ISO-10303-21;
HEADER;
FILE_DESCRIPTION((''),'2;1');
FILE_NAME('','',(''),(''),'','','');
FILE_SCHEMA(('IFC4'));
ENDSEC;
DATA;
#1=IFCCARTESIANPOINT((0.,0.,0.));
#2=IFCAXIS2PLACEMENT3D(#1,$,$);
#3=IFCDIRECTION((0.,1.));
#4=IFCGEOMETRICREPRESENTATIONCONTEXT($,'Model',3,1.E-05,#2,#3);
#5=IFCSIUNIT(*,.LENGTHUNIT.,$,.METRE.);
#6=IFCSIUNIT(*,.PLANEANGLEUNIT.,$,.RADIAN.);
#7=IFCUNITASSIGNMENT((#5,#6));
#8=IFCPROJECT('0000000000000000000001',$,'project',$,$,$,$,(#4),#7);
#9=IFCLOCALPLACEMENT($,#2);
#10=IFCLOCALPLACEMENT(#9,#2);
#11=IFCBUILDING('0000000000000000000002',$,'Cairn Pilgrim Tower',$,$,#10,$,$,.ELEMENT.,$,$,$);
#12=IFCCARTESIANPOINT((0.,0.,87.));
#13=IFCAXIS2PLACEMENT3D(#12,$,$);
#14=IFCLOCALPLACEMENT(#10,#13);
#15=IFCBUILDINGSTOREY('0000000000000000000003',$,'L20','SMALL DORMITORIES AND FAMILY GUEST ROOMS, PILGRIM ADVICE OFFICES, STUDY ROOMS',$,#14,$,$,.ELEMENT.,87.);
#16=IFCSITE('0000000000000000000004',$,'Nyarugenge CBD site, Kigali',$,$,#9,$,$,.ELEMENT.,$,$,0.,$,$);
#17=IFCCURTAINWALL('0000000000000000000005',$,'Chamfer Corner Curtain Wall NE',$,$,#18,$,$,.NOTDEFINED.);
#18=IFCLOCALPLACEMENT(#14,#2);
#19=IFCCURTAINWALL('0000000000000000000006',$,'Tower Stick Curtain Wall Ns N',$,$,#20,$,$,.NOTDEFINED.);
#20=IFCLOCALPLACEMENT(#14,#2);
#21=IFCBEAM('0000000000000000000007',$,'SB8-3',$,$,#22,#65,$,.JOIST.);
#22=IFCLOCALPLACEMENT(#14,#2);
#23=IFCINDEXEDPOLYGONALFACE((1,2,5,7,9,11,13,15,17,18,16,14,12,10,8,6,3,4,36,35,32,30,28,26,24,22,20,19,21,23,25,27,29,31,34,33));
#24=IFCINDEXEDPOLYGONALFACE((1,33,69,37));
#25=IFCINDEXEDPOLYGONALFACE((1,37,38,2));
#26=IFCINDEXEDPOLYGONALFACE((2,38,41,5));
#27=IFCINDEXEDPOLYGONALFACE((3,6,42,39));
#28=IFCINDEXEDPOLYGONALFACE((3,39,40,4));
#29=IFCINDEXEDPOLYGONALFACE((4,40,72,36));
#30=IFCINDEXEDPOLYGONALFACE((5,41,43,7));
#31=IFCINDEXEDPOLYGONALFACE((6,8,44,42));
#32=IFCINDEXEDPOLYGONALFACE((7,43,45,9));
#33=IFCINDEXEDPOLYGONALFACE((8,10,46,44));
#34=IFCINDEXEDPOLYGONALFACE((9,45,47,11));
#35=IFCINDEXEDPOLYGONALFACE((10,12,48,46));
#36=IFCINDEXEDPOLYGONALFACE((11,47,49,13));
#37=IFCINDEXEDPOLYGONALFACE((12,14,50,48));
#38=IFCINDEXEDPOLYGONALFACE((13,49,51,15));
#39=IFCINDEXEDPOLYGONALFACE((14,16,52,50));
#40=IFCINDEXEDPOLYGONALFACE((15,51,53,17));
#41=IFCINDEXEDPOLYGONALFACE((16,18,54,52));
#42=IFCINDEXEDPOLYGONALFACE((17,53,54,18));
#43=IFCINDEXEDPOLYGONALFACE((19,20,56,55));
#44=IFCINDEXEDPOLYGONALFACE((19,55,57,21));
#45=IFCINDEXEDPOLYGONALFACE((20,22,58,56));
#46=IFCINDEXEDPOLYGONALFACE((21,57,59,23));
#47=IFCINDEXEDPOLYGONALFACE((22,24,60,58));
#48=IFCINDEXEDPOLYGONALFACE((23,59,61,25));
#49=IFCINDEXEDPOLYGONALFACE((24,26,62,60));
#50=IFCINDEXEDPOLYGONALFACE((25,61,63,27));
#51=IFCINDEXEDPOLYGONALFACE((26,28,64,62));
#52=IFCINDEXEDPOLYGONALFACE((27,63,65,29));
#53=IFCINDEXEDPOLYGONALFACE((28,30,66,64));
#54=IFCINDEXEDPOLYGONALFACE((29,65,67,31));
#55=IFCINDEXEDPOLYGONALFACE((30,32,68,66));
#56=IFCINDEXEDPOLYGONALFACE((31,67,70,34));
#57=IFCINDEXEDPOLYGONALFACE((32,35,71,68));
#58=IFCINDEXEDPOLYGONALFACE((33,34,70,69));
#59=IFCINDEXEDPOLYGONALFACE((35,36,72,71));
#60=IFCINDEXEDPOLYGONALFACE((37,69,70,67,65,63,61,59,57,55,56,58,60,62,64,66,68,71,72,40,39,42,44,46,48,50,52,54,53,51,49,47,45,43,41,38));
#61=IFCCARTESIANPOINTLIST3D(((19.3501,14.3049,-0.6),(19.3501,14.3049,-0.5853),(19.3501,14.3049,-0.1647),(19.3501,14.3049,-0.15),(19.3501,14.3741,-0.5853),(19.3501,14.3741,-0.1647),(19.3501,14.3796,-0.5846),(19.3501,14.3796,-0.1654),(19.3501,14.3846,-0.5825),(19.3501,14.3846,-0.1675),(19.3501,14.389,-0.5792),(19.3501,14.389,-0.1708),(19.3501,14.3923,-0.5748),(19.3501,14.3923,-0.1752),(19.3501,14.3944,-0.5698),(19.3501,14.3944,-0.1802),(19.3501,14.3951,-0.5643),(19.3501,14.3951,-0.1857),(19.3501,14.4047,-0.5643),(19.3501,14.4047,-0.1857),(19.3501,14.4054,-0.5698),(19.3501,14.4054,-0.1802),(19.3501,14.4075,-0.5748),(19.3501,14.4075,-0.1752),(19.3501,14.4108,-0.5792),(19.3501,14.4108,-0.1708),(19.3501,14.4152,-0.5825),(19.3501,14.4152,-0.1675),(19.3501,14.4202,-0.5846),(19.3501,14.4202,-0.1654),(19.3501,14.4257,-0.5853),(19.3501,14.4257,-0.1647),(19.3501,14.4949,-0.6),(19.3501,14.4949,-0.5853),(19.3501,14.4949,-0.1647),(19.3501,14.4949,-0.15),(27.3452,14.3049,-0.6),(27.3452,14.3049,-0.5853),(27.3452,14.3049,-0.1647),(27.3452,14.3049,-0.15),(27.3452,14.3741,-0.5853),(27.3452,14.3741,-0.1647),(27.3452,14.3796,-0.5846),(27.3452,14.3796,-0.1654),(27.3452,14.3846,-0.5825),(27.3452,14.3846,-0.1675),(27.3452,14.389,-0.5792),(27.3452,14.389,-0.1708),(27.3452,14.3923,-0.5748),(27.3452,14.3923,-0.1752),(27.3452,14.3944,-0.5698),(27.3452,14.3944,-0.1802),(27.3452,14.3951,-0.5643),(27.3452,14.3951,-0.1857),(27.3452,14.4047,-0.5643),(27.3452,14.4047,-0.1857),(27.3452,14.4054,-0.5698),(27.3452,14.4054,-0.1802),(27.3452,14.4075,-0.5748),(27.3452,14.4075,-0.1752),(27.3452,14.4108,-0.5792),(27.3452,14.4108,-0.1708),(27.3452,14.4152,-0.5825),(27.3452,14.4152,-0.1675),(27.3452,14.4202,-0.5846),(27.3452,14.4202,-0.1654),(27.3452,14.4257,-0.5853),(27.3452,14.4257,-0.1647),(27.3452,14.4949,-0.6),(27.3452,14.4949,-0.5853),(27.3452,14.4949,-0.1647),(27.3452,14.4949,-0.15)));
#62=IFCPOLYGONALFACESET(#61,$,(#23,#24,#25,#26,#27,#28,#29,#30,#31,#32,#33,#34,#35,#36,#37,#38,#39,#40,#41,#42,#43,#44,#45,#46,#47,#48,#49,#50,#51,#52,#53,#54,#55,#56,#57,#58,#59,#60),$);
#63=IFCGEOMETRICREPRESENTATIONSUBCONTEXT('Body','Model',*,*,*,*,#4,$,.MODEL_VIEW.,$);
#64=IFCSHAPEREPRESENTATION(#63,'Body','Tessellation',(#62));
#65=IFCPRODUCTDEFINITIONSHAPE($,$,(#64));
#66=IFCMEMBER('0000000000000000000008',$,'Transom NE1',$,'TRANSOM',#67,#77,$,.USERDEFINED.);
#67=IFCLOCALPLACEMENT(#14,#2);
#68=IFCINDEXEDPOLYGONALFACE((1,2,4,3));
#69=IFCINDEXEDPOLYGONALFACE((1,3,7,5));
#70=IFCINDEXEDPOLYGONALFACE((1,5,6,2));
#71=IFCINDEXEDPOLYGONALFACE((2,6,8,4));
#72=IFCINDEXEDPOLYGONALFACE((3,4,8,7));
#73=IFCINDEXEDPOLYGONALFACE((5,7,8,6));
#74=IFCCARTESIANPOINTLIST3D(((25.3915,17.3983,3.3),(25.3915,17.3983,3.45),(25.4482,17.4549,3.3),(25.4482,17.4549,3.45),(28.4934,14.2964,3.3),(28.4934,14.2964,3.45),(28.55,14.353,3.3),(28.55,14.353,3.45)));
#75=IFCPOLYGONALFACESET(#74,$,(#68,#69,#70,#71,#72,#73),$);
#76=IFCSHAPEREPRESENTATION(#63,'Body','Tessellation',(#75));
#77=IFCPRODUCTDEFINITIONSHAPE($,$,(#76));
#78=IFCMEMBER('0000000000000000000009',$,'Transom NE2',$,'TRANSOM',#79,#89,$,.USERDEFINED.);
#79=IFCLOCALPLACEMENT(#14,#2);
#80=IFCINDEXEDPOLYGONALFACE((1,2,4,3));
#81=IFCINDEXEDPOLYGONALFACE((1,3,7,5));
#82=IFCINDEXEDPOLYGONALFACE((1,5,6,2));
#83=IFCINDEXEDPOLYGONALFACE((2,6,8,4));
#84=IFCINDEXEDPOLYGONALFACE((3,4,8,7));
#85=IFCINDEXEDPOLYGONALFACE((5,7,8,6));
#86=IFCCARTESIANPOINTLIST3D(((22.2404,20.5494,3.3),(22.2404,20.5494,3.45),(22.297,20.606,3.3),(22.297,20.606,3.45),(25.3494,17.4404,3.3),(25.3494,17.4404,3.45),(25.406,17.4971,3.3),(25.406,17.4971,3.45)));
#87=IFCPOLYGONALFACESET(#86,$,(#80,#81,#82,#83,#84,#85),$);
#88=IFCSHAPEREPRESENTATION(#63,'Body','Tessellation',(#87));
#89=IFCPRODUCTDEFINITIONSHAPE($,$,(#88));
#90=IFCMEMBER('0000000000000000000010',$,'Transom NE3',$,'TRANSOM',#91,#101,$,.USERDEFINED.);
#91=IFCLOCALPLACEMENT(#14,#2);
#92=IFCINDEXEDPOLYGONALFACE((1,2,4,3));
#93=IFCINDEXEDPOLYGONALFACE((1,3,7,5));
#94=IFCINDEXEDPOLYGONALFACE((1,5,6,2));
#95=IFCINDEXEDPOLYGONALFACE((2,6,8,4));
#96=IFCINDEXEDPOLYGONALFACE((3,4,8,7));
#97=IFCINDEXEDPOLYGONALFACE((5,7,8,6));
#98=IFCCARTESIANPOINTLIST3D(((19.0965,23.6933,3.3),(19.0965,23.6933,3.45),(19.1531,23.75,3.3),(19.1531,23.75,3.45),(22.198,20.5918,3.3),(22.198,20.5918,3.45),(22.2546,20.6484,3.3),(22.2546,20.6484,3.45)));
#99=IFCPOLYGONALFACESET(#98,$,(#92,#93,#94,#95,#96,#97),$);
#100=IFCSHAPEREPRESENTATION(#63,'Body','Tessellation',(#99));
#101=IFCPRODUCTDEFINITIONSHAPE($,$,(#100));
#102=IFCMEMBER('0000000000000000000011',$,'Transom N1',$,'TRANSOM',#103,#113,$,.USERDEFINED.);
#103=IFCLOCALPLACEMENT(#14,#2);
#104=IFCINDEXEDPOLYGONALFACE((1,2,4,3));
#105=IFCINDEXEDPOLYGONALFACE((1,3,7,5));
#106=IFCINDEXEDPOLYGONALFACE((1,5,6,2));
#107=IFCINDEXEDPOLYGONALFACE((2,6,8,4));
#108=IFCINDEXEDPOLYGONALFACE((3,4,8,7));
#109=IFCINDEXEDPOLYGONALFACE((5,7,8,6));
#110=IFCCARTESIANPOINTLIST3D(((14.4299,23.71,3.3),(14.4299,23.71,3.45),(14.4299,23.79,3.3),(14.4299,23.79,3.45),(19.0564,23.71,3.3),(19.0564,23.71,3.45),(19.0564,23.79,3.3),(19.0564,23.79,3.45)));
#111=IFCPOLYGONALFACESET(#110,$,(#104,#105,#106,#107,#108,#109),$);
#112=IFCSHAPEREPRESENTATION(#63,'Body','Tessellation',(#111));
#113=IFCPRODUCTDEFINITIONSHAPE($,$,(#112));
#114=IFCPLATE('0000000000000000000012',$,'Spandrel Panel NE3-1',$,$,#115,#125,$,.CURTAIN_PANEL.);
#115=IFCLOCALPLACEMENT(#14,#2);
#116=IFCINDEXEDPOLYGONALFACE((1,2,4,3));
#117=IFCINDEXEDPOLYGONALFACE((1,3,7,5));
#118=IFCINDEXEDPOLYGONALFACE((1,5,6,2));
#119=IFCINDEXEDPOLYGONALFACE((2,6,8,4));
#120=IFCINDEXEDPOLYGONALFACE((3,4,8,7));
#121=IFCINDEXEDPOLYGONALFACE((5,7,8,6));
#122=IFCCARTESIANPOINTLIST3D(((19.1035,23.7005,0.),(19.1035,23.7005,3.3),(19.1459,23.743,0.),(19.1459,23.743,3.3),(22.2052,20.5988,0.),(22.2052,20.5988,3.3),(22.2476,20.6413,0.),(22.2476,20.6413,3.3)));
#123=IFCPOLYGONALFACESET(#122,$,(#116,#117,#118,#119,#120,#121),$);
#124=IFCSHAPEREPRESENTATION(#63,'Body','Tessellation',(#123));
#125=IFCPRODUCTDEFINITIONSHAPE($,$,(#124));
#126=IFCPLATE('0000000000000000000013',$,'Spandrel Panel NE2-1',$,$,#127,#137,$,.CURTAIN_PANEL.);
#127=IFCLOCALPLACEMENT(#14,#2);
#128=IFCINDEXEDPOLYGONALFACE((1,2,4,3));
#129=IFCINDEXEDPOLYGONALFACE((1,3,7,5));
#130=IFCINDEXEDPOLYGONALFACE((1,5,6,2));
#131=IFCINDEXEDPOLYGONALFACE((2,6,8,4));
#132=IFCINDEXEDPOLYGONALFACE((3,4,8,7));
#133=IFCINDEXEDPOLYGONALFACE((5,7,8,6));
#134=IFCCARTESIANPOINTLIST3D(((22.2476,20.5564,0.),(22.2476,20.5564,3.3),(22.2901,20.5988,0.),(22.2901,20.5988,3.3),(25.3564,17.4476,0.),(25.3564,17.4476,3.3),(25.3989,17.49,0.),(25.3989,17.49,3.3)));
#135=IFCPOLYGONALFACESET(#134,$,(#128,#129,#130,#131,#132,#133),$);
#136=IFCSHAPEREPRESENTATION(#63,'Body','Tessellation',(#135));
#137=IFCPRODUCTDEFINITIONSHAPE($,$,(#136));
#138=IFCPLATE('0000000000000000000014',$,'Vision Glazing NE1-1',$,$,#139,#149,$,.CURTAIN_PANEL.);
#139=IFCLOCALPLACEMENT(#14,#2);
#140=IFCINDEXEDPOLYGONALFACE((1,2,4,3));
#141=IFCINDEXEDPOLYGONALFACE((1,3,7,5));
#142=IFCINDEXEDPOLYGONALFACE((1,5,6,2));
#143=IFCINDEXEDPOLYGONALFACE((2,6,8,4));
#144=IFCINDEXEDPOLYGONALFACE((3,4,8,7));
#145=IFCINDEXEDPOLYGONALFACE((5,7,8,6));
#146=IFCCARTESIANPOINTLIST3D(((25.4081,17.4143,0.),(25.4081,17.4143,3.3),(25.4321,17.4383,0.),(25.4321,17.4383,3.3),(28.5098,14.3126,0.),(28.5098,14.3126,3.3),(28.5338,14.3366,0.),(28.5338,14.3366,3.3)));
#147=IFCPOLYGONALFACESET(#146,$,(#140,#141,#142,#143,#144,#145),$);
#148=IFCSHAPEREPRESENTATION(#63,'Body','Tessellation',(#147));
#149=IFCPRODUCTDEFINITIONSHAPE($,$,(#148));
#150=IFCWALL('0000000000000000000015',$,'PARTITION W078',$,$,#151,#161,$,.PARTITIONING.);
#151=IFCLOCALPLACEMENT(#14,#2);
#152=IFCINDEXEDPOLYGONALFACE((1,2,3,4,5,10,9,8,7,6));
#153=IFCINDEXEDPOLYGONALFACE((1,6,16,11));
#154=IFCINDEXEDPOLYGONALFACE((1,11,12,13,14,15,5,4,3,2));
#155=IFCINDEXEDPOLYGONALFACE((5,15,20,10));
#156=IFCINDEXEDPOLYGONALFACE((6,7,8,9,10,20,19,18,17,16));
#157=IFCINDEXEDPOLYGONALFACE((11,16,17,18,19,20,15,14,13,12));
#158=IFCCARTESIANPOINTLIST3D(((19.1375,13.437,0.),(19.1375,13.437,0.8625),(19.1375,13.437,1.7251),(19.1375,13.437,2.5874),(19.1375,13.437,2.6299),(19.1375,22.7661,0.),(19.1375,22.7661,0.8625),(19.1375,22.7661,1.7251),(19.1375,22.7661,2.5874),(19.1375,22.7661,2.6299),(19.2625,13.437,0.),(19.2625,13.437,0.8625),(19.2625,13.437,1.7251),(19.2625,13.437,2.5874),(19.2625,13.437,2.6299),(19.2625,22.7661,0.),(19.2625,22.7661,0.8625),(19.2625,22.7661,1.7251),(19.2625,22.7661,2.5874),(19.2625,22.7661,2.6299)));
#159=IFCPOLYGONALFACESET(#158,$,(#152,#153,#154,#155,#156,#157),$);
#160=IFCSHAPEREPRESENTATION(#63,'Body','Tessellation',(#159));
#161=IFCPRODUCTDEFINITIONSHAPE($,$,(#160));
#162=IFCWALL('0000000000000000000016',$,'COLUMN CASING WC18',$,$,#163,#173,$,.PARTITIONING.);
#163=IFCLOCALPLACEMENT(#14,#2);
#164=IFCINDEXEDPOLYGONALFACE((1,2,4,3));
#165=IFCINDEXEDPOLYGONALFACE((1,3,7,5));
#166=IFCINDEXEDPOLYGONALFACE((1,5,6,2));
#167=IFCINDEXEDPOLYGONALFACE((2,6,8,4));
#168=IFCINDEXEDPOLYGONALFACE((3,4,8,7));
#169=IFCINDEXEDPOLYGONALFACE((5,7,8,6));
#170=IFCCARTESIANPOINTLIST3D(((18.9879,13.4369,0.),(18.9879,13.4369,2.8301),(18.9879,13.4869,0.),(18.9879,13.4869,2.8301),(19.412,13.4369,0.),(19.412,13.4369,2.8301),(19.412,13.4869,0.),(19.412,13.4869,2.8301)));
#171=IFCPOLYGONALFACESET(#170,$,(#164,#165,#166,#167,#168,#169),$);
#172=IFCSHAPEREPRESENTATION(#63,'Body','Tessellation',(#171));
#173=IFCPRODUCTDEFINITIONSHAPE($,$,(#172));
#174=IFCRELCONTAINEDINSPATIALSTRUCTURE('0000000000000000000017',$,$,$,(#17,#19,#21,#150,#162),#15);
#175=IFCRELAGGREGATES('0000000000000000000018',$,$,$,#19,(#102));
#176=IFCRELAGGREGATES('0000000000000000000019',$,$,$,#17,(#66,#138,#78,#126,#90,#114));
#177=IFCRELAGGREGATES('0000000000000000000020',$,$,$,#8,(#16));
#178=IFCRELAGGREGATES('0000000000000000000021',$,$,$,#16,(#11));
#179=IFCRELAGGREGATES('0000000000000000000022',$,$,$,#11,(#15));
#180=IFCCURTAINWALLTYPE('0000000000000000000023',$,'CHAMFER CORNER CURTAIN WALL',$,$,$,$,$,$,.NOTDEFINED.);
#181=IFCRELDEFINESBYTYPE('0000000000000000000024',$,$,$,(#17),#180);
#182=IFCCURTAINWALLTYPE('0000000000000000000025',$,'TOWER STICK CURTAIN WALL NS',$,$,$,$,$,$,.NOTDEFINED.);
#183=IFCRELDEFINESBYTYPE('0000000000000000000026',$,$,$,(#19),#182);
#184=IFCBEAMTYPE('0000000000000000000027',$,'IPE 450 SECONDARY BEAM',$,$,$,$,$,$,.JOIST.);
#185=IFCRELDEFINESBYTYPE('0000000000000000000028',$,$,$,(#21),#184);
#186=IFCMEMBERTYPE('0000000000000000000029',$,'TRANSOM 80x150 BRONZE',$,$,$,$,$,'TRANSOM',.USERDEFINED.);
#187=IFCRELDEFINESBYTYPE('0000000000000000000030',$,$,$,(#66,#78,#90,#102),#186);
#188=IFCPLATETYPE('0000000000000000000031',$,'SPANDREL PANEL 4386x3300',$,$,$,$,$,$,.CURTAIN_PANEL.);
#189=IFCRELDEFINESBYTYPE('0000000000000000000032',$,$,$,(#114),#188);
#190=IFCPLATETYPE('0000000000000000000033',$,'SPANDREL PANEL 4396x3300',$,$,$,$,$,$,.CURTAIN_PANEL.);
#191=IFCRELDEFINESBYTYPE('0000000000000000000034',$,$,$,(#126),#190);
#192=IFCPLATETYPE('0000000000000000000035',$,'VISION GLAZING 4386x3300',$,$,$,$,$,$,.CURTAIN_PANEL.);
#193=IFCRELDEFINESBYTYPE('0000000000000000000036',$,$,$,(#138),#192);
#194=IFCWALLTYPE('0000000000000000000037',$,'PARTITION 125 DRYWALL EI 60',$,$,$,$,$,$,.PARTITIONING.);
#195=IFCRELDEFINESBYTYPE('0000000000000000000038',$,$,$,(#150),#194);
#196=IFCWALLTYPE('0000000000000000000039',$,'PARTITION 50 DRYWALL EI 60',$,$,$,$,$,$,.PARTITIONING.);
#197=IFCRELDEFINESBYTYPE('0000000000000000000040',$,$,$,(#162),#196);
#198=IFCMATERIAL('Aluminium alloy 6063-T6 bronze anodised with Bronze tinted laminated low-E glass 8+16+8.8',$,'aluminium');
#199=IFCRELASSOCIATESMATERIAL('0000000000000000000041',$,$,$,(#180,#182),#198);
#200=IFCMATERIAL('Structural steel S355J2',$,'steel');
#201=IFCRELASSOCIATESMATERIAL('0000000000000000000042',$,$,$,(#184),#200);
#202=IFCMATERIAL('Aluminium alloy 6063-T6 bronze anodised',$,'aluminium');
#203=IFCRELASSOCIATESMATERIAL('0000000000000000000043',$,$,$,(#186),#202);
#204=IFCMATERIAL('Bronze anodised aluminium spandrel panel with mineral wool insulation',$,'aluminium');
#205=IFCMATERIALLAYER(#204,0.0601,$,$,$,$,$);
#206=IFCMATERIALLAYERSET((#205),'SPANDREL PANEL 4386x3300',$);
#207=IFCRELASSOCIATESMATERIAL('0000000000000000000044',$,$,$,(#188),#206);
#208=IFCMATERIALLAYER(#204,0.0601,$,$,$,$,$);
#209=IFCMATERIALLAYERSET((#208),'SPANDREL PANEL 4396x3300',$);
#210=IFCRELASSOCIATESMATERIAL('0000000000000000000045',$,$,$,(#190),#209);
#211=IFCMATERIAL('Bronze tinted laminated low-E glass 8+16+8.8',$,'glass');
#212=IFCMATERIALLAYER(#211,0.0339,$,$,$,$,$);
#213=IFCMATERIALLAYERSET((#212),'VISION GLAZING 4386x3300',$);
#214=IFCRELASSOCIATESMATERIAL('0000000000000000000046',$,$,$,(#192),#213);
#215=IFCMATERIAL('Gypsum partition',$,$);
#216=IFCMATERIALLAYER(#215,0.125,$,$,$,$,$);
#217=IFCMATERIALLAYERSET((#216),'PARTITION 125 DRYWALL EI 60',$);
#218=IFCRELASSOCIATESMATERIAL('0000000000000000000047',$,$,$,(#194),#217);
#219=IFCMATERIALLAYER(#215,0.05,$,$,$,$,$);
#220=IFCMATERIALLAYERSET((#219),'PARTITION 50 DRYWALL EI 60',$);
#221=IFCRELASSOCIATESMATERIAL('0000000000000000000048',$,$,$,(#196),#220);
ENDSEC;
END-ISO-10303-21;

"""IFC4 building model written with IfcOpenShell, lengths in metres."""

from ifc_helpers import new_model, si_unit, direction, frame, frame_2d, origin, origin_2d, place, context, subcontext, project, spatial, polyline, rectangle, i_section, outline, extrude, material, layer, layer_set, material_profile, profile_set, type_object, element, aggregate, save


model = new_model("IFC4")

# Units and contexts
model_context = context("Model", 3, precision=1e-05, world=origin(), true_north=direction((0.0, 1.0)))
body_context = subcontext(model_context, "Body", "Model", "MODEL_VIEW")
ifc_project = project(units=[si_unit("LENGTHUNIT", "METRE"), si_unit("PLANEANGLEUNIT", "RADIAN")], contexts=[model_context])

# Site, building, storey
site_placement = place(None, origin())
site = spatial("IfcSite", under=ifc_project, at=site_placement, Name="Nyarugenge CBD site, Kigali", CompositionType="ELEMENT", RefElevation=0.0)
building_placement = place(site_placement, origin())
building = spatial("IfcBuilding", under=site, at=building_placement, Name="Cairn Pilgrim Tower", CompositionType="ELEMENT")
storey_placement = place(building_placement, frame((0.0, 0.0, 87.0)))
storey = spatial("IfcBuildingStorey", under=building, at=storey_placement, Name="L20", Description="SMALL DORMITORIES AND FAMILY GUEST ROOMS, PILGRIM ADVICE OFFICES, STUDY ROOMS", CompositionType="ELEMENT", Elevation=87.0)

# Shared definitions
ifc_material_1 = material(Name="Structural steel S355J2", Category="steel")

# Curtain wall
ifc_material_2 = material(Name="Aluminium alloy 6063-T6 bronze anodised with Bronze tinted laminated low-E glass 8+16+8.8", Category="aluminium")
curtain_wall_type_1 = type_object("IfcCurtainWallType", Name="CHAMFER CORNER CURTAIN WALL", PredefinedType="NOTDEFINED", material=ifc_material_2)
curtain_wall_1_placement = place(storey_placement, origin())
curtain_wall_1 = element("IfcCurtainWall", 1, at=curtain_wall_1_placement, inside=storey, type_object=curtain_wall_type_1, Name="Chamfer Corner Curtain Wall NE", PredefinedType="NOTDEFINED")
ifc_material_3 = material(Name="Aluminium alloy 6063-T6 bronze anodised", Category="aluminium")

# Curtain wall
curtain_wall_type_2 = type_object("IfcCurtainWallType", Name="TOWER STICK CURTAIN WALL NS", PredefinedType="NOTDEFINED", material=ifc_material_2)
curtain_wall_2_placement = place(storey_placement, origin())
curtain_wall_2 = element("IfcCurtainWall", 2, at=curtain_wall_2_placement, inside=storey, type_object=curtain_wall_type_2, Name="Tower Stick Curtain Wall Ns N", PredefinedType="NOTDEFINED")

# Beam
ifc_material_profile_1 = material_profile(ifc_material_1, i_section(OverallWidth=0.1899, OverallDepth=0.45, WebThickness=0.0095, FlangeThickness=0.0146, FilletRadius=0.021, at=origin_2d()), Name="IPE 450")
ifc_profile_set_1 = profile_set([ifc_material_profile_1], Name="Structural steel S355J2")
beam_type_1 = type_object("IfcBeamType", Name="IPE 450 SECONDARY BEAM", PredefinedType="JOIST", material=ifc_profile_set_1)
beam_1_placement = place(storey_placement, frame((19.3501, 14.3999, -0.375), z_axis=(1.0, 0.0, 0.0), x_axis=(0.0, 1.0, 0.0)))
element("IfcBeam", 3, at=beam_1_placement, inside=storey, type_object=beam_type_1, Name="SB8-3", PredefinedType="JOIST", context=body_context, shape_type="SweptSolid", body=[
    extrude(i_section(OverallWidth=0.1899, OverallDepth=0.45, WebThickness=0.0095, FlangeThickness=0.0146, FilletRadius=0.021, at=origin_2d()), origin(), (0.0, 0.0, 1.0), 7.9951),
])

# Members
ifc_material_profile_2 = material_profile(ifc_material_3, rectangle(XDim=0.0801, YDim=0.1499, at=origin_2d()), Name="TRANSOM 80x150 BRONZE")
ifc_profile_set_2 = profile_set([ifc_material_profile_2], Name="Aluminium alloy 6063-T6 bronze anodised")
member_type_1 = type_object("IfcMemberType", Name="TRANSOM 80x150 BRONZE", ElementType="TRANSOM", PredefinedType="USERDEFINED", material=ifc_profile_set_2)
member_1_placement = place(storey_placement, frame((28.5217, 14.3247, 3.375), z_axis=(-0.707107, 0.707107, 0.0), x_axis=(-0.707107, -0.707107, 0.0)))
member_1 = element("IfcMember", 4, at=member_1_placement, type_object=member_type_1, Name="Transom NE1", ObjectType="TRANSOM", PredefinedType="USERDEFINED", context=body_context, shape_type="SweptSolid", body=[
    extrude(rectangle(XDim=0.0801, YDim=0.1499, at=origin_2d()), origin(), (0.0, 0.0, 1.0), 4.3867),
])
member_2_placement = place(storey_placement, frame((25.3777, 17.4688, 3.375), z_axis=(-0.707107, 0.707107, 0.0), x_axis=(-0.707107, -0.707107, 0.0)))
member_2 = element("IfcMember", 5, at=member_2_placement, type_object=member_type_1, Name="Transom NE2", ObjectType="TRANSOM", PredefinedType="USERDEFINED", context=body_context, shape_type="SweptSolid", body=[
    extrude(rectangle(XDim=0.0801, YDim=0.1499, at=origin_2d()), origin(), (0.0, 0.0, 1.0), 4.3967),
])
member_3_placement = place(storey_placement, frame((22.2263, 20.6201, 3.375), z_axis=(-0.707107, 0.707107, 0.0), x_axis=(-0.707107, -0.707107, 0.0)))
member_3 = element("IfcMember", 6, at=member_3_placement, type_object=member_type_1, Name="Transom NE3", ObjectType="TRANSOM", PredefinedType="USERDEFINED", context=body_context, shape_type="SweptSolid", body=[
    extrude(rectangle(XDim=0.0801, YDim=0.1499, at=origin_2d()), origin(), (0.0, 0.0, 1.0), 4.3862),
])
member_4_placement = place(storey_placement, frame((19.0564, 23.75, 3.375), z_axis=(-1.0, 0.0, 0.0), x_axis=(0.0, -1.0, 0.0)))
member_4 = element("IfcMember", 7, at=member_4_placement, type_object=member_type_1, Name="Transom N1", ObjectType="TRANSOM", PredefinedType="USERDEFINED", context=body_context, shape_type="SweptSolid", body=[
    extrude(rectangle(XDim=0.0801, YDim=0.1499, at=origin_2d()), origin(), (0.0, 0.0, 1.0), 4.6265),
])
aggregate(curtain_wall_2, [member_4])

# Plates
ifc_material_4 = material(Name="Bronze anodised aluminium spandrel panel with mineral wool insulation", Category="aluminium")
ifc_layer_1 = layer(ifc_material_4, 0.0601)
ifc_layer_set_1 = layer_set([ifc_layer_1], Name="SPANDREL PANEL 4386x3300")
plate_type_1 = type_object("IfcPlateType", Name="SPANDREL PANEL 4386x3300", PredefinedType="CURTAIN_PANEL", material=ifc_layer_set_1)
plate_1_placement = place(storey_placement, frame((20.6755, 22.1709, 0.0), z_axis=(0.0, 0.0, 1.0), x_axis=(-0.707107, 0.707107, 0.0)))
plate_1 = element("IfcPlate", 8, at=plate_1_placement, type_object=plate_type_1, Name="Spandrel Panel NE3-1", PredefinedType="CURTAIN_PANEL", context=body_context, shape_type="SweptSolid", body=[
    extrude(rectangle(XDim=4.3865, YDim=0.0601, at=origin_2d()), origin(), (0.0, 0.0, 1.0), 3.3),
])
ifc_layer_2 = layer(ifc_material_4, 0.0601)
ifc_layer_set_2 = layer_set([ifc_layer_2], Name="SPANDREL PANEL 4396x3300")
plate_type_2 = type_object("IfcPlateType", Name="SPANDREL PANEL 4396x3300", PredefinedType="CURTAIN_PANEL", material=ifc_layer_set_2)
plate_2_placement = place(storey_placement, frame((23.8232, 19.0232, 0.0), z_axis=(0.0, 0.0, 1.0), x_axis=(-0.707107, 0.707107, 0.0)))
plate_2 = element("IfcPlate", 9, at=plate_2_placement, type_object=plate_type_2, Name="Spandrel Panel NE2-1", PredefinedType="CURTAIN_PANEL", context=body_context, shape_type="SweptSolid", body=[
    extrude(rectangle(XDim=4.3965, YDim=0.0601, at=origin_2d()), origin(), (0.0, 0.0, 1.0), 3.3),
])
ifc_material_5 = material(Name="Bronze tinted laminated low-E glass 8+16+8.8", Category="glass")
ifc_layer_3 = layer(ifc_material_5, 0.0339)
ifc_layer_set_3 = layer_set([ifc_layer_3], Name="VISION GLAZING 4386x3300")
plate_type_3 = type_object("IfcPlateType", Name="VISION GLAZING 4386x3300", PredefinedType="CURTAIN_PANEL", material=ifc_layer_set_3)
plate_3_placement = place(storey_placement, frame((26.9709, 15.8755, 0.0), z_axis=(0.0, 0.0, 1.0), x_axis=(-0.707107, 0.707107, 0.0)))
plate_3 = element("IfcPlate", 10, at=plate_3_placement, type_object=plate_type_3, Name="Vision Glazing NE1-1", PredefinedType="CURTAIN_PANEL", context=body_context, shape_type="SweptSolid", body=[
    extrude(rectangle(XDim=4.3865, YDim=0.0339, at=origin_2d()), origin(), (0.0, 0.0, 1.0), 3.3),
])
aggregate(curtain_wall_1, [member_1, plate_3, member_2, plate_2, member_3, plate_1])

# Walls
ifc_material_6 = material(Name="Gypsum partition")
ifc_layer_4 = layer(ifc_material_6, 0.125)
ifc_layer_set_4 = layer_set([ifc_layer_4], Name="PARTITION 125 DRYWALL EI 60")
wall_type_1 = type_object("IfcWallType", Name="PARTITION 125 DRYWALL EI 60", PredefinedType="PARTITIONING", material=ifc_layer_set_4)
wall_1_placement = place(storey_placement, frame((19.2, 13.437, 0.0), z_axis=(0.0, 0.0, 1.0), x_axis=(0.0, 1.0, 0.0)))
element("IfcWall", 11, at=wall_1_placement, inside=storey, type_object=wall_type_1, Name="PARTITION W078", PredefinedType="PARTITIONING", context=body_context, shape_type="SweptSolid", body=[
    extrude(outline(polyline([(0.0, 0.0), (9.3291, 0.0), (9.3291, 0.8625), (9.3291, 1.7251), (9.3291, 2.5874), (9.3291, 2.6299), (0.0, 2.6299), (0.0, 2.5874), (0.0, 1.7251), (0.0, 0.8625), (0.0, 0.0)])), frame((0.0, 0.0625, 0.0), z_axis=(0.0, -1.0, 0.0), x_axis=(1.0, 0.0, 0.0)), (0.0, 0.0, 1.0), 0.125),
])
ifc_layer_5 = layer(ifc_material_6, 0.05)
ifc_layer_set_5 = layer_set([ifc_layer_5], Name="PARTITION 50 DRYWALL EI 60")
wall_type_2 = type_object("IfcWallType", Name="PARTITION 50 DRYWALL EI 60", PredefinedType="PARTITIONING", material=ifc_layer_set_5)
wall_2_placement = place(storey_placement, frame((18.988, 13.4619, 0.0), z_axis=(0.0, 0.0, 1.0), x_axis=(1.0, 0.0, 0.0)))
element("IfcWall", 12, at=wall_2_placement, inside=storey, type_object=wall_type_2, Name="COLUMN CASING WC18", PredefinedType="PARTITIONING", context=body_context, shape_type="SweptSolid", body=[
    extrude(rectangle(XDim=0.4241, YDim=0.05, at=frame_2d((0.2119, 0.0))), origin(), (0.0, 0.0, 1.0), 2.8301),
])

save(model, "model.ifc")
